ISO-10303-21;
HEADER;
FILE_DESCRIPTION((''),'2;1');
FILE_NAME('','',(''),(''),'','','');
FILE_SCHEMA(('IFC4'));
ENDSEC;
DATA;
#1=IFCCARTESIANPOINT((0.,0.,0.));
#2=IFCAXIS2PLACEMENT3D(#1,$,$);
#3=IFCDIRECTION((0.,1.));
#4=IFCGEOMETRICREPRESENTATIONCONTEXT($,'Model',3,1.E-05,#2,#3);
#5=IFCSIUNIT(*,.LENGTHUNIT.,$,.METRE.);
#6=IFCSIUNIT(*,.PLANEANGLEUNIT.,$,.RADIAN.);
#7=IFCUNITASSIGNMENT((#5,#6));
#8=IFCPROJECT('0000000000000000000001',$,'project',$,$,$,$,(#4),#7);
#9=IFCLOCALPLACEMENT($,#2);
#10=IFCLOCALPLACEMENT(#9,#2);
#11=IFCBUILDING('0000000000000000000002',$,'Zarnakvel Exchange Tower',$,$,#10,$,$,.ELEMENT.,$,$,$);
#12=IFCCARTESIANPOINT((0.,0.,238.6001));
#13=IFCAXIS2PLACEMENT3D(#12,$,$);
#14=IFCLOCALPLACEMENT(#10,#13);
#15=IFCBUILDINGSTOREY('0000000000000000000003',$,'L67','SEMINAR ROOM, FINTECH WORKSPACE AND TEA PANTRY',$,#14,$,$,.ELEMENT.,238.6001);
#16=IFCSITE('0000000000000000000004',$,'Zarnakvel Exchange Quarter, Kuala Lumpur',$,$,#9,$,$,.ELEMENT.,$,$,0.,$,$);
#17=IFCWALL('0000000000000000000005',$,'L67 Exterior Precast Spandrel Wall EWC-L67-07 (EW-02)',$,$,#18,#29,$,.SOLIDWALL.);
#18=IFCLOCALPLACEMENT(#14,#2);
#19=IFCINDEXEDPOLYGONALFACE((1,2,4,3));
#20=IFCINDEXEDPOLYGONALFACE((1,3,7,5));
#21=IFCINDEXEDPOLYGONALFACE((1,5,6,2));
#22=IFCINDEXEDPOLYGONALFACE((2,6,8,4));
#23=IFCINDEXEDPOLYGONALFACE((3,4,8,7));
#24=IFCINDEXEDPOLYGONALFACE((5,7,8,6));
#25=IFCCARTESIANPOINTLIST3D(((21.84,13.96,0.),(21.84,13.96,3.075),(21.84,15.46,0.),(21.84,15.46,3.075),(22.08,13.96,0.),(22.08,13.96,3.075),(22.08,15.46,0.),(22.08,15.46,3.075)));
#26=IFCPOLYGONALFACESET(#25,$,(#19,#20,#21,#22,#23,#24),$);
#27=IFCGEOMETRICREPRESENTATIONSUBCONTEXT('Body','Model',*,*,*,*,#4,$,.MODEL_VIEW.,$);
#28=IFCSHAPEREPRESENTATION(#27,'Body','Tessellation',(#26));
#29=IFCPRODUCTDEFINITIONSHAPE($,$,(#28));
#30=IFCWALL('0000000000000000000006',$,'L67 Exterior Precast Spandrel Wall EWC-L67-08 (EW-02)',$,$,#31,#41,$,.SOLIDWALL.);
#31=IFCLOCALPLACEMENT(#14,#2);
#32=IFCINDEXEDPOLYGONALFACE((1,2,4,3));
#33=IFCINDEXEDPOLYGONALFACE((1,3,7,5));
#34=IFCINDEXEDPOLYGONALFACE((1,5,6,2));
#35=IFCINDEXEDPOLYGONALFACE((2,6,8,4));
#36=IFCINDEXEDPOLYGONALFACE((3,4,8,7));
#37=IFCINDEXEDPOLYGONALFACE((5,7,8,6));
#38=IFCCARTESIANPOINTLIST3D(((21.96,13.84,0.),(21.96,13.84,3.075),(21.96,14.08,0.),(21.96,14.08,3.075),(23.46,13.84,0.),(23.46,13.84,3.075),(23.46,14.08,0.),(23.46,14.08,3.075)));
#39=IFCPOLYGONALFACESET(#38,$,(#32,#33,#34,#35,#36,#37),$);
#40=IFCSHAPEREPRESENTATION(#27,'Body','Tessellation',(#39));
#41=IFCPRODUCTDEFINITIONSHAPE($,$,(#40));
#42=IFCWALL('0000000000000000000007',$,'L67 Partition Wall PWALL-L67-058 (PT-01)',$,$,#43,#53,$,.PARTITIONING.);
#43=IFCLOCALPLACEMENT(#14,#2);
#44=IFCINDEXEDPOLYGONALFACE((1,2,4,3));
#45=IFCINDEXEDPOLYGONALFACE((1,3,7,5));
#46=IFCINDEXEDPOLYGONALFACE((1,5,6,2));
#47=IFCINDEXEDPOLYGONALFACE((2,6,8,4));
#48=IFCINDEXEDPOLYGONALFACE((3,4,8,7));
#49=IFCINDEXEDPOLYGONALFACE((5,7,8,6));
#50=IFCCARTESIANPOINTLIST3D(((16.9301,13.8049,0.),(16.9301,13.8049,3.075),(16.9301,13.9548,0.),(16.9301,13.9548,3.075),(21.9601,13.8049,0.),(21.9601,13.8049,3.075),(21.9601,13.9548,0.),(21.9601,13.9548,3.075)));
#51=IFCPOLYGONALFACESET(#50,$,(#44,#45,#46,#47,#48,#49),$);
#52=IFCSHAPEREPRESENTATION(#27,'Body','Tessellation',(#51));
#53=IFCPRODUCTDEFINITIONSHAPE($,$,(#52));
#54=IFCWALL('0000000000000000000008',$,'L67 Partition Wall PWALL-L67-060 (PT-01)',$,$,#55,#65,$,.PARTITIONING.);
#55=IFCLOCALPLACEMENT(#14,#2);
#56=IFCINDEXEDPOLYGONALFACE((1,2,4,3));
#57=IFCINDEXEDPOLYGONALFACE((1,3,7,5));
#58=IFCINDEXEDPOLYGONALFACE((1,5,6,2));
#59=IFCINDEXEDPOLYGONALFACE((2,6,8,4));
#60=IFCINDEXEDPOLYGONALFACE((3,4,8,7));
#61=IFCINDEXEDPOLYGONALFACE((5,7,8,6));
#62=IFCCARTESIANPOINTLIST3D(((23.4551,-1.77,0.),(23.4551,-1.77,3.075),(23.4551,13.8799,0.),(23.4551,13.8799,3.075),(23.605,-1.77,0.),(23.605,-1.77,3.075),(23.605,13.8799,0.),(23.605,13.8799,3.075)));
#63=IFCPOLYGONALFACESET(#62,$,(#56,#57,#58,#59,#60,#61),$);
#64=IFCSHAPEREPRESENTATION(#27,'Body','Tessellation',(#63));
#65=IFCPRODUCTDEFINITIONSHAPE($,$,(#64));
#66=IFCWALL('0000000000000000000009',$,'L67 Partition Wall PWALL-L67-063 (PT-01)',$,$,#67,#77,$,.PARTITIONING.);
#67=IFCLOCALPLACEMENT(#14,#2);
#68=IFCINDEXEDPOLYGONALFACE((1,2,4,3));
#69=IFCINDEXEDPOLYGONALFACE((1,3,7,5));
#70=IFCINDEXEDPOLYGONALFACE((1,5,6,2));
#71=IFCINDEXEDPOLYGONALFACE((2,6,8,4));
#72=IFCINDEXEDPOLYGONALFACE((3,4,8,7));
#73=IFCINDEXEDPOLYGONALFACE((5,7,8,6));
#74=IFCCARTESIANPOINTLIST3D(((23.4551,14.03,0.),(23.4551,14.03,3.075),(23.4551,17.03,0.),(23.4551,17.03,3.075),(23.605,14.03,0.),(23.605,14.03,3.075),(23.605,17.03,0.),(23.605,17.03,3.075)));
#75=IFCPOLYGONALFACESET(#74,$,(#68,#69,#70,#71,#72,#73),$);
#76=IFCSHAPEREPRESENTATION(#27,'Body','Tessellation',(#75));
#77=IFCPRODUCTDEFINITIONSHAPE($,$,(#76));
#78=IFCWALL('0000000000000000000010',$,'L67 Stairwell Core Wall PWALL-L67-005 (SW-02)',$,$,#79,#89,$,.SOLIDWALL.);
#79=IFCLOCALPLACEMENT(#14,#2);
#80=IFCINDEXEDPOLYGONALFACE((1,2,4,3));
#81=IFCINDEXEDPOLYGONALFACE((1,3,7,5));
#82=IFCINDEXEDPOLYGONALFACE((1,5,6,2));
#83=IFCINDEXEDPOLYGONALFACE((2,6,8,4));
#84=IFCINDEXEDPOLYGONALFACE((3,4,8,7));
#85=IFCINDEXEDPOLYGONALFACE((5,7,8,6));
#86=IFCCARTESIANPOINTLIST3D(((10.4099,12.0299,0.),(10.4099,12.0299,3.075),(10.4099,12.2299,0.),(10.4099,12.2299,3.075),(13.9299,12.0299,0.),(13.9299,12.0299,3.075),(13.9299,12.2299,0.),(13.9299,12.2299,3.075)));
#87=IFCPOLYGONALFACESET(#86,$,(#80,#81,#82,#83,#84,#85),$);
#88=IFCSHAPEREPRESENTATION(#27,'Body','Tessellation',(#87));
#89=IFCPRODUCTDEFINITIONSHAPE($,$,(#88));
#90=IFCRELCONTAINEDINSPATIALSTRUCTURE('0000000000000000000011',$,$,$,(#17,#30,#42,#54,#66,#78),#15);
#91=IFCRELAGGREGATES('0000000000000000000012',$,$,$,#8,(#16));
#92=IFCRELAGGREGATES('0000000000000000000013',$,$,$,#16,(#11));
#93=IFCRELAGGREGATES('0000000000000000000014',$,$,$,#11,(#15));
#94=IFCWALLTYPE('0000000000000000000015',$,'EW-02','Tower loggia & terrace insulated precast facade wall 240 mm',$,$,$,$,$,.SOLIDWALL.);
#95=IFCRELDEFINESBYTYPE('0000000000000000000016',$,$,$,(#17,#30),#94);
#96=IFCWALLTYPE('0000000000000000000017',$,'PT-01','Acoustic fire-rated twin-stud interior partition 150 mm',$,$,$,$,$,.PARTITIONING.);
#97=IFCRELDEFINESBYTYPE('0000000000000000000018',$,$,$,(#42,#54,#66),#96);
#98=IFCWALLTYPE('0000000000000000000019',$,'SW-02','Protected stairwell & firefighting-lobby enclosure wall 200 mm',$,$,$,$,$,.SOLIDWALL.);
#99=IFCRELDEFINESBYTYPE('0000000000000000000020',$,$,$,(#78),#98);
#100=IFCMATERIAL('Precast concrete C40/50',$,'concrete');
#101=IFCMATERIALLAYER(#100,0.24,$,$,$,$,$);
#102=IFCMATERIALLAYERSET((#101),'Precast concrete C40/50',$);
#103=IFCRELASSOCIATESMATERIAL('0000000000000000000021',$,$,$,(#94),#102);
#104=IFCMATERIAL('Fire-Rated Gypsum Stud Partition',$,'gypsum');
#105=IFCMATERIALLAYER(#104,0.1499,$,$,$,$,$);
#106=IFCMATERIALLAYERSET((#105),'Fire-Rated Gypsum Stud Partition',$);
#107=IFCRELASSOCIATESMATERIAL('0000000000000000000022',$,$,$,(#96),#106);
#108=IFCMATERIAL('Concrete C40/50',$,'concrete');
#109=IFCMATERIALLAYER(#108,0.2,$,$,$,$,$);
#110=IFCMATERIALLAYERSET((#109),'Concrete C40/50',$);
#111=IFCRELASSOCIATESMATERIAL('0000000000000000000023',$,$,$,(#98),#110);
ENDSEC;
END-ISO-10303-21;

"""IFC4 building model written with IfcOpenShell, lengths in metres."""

from ifc_helpers import new_model, si_unit, direction, frame, frame_2d, origin, place, context, subcontext, project, spatial, rectangle, extrude, material, layer, layer_set, type_object, element, save


model = new_model("IFC4")

# Units and contexts
model_context = context("Model", 3, precision=1e-05, world=origin(), true_north=direction((0.0, 1.0)))
body_context = subcontext(model_context, "Body", "Model", "MODEL_VIEW")
ifc_project = project(units=[si_unit("LENGTHUNIT", "METRE"), si_unit("PLANEANGLEUNIT", "RADIAN")], contexts=[model_context])

# Site, building, storey
site_placement = place(None, origin())
site = spatial("IfcSite", under=ifc_project, at=site_placement, Name="Zarnakvel Exchange Quarter, Kuala Lumpur", CompositionType="ELEMENT", RefElevation=0.0)
building_placement = place(site_placement, origin())
building = spatial("IfcBuilding", under=site, at=building_placement, Name="Zarnakvel Exchange Tower", CompositionType="ELEMENT")
storey_placement = place(building_placement, frame((0.0, 0.0, 238.6001)))
storey = spatial("IfcBuildingStorey", under=building, at=storey_placement, Name="L67", Description="SEMINAR ROOM, FINTECH WORKSPACE AND TEA PANTRY", CompositionType="ELEMENT", Elevation=238.6001)

# Walls
ifc_material_1 = material(Name="Precast concrete C40/50", Category="concrete")
ifc_layer_1 = layer(ifc_material_1, 0.24)
ifc_layer_set_1 = layer_set([ifc_layer_1], Name="Precast concrete C40/50")
wall_type_1 = type_object("IfcWallType", Name="EW-02", Description="Tower loggia & terrace insulated precast facade wall 240 mm", PredefinedType="SOLIDWALL", material=ifc_layer_set_1)
for number, where, z_axis, x_axis, name in (
    (1, (21.96, 13.96, 0.0), (0.0, 0.0, 1.0), (0.0, 1.0, 0.0), "L67 Exterior Precast Spandrel Wall EWC-L67-07 (EW-02)"),
    (2, (23.46, 13.96, 0.0), (0.0, 0.0, 1.0), (-1.0, 0.0, 0.0), "L67 Exterior Precast Spandrel Wall EWC-L67-08 (EW-02)"),
):
    element("IfcWall", number, at=place(storey_placement, frame(where, z_axis=z_axis, x_axis=x_axis)), inside=storey, type_object=wall_type_1, Name=name, PredefinedType="SOLIDWALL", context=body_context, shape_type="SweptSolid", body=[
        extrude(rectangle(XDim=1.5, YDim=0.24, at=frame_2d((0.75, 0.0))), origin(), (0.0, 0.0, 1.0), 3.075),
    ])
ifc_material_2 = material(Name="Fire-Rated Gypsum Stud Partition", Category="gypsum")
ifc_layer_2 = layer(ifc_material_2, 0.1499)
ifc_layer_set_2 = layer_set([ifc_layer_2], Name="Fire-Rated Gypsum Stud Partition")
wall_type_2 = type_object("IfcWallType", Name="PT-01", Description="Acoustic fire-rated twin-stud interior partition 150 mm", PredefinedType="PARTITIONING", material=ifc_layer_set_2)
wall_1_placement = place(storey_placement, frame((16.9299, 13.8799, 0.0), z_axis=(0.0, 0.0, 1.0), x_axis=(1.0, 0.0, 0.0)))
element("IfcWall", 3, at=wall_1_placement, inside=storey, type_object=wall_type_2, Name="L67 Partition Wall PWALL-L67-058 (PT-01)", PredefinedType="PARTITIONING", context=body_context, shape_type="SweptSolid", body=[
    extrude(rectangle(XDim=5.03, YDim=0.1499, at=frame_2d((2.5151, 0.0))), origin(), (0.0, 0.0, 1.0), 3.075),
])
wall_2_placement = place(storey_placement, frame((23.53, 13.8799, 0.0), z_axis=(0.0, 0.0, 1.0), x_axis=(0.0, -1.0, 0.0)))
element("IfcWall", 4, at=wall_2_placement, inside=storey, type_object=wall_type_2, Name="L67 Partition Wall PWALL-L67-060 (PT-01)", PredefinedType="PARTITIONING", context=body_context, shape_type="SweptSolid", body=[
    extrude(rectangle(XDim=15.6499, YDim=0.1499, at=frame_2d((7.825, 0.0))), origin(), (0.0, 0.0, 1.0), 3.075),
])
wall_3_placement = place(storey_placement, frame((23.53, 17.03, 0.0), z_axis=(0.0, 0.0, 1.0), x_axis=(0.0, -1.0, 0.0)))
element("IfcWall", 5, at=wall_3_placement, inside=storey, type_object=wall_type_2, Name="L67 Partition Wall PWALL-L67-063 (PT-01)", PredefinedType="PARTITIONING", context=body_context, shape_type="SweptSolid", body=[
    extrude(rectangle(XDim=3.0, YDim=0.1499, at=frame_2d((1.5, 0.0))), origin(), (0.0, 0.0, 1.0), 3.075),
])
ifc_material_3 = material(Name="Concrete C40/50", Category="concrete")
ifc_layer_3 = layer(ifc_material_3, 0.2)
ifc_layer_set_3 = layer_set([ifc_layer_3], Name="Concrete C40/50")
wall_type_3 = type_object("IfcWallType", Name="SW-02", Description="Protected stairwell & firefighting-lobby enclosure wall 200 mm", PredefinedType="SOLIDWALL", material=ifc_layer_set_3)
wall_4_placement = place(storey_placement, frame((10.4099, 12.1299, 0.0), z_axis=(0.0, 0.0, 1.0), x_axis=(1.0, 0.0, 0.0)))
element("IfcWall", 6, at=wall_4_placement, inside=storey, type_object=wall_type_3, Name="L67 Stairwell Core Wall PWALL-L67-005 (SW-02)", PredefinedType="SOLIDWALL", context=body_context, shape_type="SweptSolid", body=[
    extrude(rectangle(XDim=3.52, YDim=0.2, at=frame_2d((1.76, 0.0))), origin(), (0.0, 0.0, 1.0), 3.075),
])

save(model, "model.ifc")
